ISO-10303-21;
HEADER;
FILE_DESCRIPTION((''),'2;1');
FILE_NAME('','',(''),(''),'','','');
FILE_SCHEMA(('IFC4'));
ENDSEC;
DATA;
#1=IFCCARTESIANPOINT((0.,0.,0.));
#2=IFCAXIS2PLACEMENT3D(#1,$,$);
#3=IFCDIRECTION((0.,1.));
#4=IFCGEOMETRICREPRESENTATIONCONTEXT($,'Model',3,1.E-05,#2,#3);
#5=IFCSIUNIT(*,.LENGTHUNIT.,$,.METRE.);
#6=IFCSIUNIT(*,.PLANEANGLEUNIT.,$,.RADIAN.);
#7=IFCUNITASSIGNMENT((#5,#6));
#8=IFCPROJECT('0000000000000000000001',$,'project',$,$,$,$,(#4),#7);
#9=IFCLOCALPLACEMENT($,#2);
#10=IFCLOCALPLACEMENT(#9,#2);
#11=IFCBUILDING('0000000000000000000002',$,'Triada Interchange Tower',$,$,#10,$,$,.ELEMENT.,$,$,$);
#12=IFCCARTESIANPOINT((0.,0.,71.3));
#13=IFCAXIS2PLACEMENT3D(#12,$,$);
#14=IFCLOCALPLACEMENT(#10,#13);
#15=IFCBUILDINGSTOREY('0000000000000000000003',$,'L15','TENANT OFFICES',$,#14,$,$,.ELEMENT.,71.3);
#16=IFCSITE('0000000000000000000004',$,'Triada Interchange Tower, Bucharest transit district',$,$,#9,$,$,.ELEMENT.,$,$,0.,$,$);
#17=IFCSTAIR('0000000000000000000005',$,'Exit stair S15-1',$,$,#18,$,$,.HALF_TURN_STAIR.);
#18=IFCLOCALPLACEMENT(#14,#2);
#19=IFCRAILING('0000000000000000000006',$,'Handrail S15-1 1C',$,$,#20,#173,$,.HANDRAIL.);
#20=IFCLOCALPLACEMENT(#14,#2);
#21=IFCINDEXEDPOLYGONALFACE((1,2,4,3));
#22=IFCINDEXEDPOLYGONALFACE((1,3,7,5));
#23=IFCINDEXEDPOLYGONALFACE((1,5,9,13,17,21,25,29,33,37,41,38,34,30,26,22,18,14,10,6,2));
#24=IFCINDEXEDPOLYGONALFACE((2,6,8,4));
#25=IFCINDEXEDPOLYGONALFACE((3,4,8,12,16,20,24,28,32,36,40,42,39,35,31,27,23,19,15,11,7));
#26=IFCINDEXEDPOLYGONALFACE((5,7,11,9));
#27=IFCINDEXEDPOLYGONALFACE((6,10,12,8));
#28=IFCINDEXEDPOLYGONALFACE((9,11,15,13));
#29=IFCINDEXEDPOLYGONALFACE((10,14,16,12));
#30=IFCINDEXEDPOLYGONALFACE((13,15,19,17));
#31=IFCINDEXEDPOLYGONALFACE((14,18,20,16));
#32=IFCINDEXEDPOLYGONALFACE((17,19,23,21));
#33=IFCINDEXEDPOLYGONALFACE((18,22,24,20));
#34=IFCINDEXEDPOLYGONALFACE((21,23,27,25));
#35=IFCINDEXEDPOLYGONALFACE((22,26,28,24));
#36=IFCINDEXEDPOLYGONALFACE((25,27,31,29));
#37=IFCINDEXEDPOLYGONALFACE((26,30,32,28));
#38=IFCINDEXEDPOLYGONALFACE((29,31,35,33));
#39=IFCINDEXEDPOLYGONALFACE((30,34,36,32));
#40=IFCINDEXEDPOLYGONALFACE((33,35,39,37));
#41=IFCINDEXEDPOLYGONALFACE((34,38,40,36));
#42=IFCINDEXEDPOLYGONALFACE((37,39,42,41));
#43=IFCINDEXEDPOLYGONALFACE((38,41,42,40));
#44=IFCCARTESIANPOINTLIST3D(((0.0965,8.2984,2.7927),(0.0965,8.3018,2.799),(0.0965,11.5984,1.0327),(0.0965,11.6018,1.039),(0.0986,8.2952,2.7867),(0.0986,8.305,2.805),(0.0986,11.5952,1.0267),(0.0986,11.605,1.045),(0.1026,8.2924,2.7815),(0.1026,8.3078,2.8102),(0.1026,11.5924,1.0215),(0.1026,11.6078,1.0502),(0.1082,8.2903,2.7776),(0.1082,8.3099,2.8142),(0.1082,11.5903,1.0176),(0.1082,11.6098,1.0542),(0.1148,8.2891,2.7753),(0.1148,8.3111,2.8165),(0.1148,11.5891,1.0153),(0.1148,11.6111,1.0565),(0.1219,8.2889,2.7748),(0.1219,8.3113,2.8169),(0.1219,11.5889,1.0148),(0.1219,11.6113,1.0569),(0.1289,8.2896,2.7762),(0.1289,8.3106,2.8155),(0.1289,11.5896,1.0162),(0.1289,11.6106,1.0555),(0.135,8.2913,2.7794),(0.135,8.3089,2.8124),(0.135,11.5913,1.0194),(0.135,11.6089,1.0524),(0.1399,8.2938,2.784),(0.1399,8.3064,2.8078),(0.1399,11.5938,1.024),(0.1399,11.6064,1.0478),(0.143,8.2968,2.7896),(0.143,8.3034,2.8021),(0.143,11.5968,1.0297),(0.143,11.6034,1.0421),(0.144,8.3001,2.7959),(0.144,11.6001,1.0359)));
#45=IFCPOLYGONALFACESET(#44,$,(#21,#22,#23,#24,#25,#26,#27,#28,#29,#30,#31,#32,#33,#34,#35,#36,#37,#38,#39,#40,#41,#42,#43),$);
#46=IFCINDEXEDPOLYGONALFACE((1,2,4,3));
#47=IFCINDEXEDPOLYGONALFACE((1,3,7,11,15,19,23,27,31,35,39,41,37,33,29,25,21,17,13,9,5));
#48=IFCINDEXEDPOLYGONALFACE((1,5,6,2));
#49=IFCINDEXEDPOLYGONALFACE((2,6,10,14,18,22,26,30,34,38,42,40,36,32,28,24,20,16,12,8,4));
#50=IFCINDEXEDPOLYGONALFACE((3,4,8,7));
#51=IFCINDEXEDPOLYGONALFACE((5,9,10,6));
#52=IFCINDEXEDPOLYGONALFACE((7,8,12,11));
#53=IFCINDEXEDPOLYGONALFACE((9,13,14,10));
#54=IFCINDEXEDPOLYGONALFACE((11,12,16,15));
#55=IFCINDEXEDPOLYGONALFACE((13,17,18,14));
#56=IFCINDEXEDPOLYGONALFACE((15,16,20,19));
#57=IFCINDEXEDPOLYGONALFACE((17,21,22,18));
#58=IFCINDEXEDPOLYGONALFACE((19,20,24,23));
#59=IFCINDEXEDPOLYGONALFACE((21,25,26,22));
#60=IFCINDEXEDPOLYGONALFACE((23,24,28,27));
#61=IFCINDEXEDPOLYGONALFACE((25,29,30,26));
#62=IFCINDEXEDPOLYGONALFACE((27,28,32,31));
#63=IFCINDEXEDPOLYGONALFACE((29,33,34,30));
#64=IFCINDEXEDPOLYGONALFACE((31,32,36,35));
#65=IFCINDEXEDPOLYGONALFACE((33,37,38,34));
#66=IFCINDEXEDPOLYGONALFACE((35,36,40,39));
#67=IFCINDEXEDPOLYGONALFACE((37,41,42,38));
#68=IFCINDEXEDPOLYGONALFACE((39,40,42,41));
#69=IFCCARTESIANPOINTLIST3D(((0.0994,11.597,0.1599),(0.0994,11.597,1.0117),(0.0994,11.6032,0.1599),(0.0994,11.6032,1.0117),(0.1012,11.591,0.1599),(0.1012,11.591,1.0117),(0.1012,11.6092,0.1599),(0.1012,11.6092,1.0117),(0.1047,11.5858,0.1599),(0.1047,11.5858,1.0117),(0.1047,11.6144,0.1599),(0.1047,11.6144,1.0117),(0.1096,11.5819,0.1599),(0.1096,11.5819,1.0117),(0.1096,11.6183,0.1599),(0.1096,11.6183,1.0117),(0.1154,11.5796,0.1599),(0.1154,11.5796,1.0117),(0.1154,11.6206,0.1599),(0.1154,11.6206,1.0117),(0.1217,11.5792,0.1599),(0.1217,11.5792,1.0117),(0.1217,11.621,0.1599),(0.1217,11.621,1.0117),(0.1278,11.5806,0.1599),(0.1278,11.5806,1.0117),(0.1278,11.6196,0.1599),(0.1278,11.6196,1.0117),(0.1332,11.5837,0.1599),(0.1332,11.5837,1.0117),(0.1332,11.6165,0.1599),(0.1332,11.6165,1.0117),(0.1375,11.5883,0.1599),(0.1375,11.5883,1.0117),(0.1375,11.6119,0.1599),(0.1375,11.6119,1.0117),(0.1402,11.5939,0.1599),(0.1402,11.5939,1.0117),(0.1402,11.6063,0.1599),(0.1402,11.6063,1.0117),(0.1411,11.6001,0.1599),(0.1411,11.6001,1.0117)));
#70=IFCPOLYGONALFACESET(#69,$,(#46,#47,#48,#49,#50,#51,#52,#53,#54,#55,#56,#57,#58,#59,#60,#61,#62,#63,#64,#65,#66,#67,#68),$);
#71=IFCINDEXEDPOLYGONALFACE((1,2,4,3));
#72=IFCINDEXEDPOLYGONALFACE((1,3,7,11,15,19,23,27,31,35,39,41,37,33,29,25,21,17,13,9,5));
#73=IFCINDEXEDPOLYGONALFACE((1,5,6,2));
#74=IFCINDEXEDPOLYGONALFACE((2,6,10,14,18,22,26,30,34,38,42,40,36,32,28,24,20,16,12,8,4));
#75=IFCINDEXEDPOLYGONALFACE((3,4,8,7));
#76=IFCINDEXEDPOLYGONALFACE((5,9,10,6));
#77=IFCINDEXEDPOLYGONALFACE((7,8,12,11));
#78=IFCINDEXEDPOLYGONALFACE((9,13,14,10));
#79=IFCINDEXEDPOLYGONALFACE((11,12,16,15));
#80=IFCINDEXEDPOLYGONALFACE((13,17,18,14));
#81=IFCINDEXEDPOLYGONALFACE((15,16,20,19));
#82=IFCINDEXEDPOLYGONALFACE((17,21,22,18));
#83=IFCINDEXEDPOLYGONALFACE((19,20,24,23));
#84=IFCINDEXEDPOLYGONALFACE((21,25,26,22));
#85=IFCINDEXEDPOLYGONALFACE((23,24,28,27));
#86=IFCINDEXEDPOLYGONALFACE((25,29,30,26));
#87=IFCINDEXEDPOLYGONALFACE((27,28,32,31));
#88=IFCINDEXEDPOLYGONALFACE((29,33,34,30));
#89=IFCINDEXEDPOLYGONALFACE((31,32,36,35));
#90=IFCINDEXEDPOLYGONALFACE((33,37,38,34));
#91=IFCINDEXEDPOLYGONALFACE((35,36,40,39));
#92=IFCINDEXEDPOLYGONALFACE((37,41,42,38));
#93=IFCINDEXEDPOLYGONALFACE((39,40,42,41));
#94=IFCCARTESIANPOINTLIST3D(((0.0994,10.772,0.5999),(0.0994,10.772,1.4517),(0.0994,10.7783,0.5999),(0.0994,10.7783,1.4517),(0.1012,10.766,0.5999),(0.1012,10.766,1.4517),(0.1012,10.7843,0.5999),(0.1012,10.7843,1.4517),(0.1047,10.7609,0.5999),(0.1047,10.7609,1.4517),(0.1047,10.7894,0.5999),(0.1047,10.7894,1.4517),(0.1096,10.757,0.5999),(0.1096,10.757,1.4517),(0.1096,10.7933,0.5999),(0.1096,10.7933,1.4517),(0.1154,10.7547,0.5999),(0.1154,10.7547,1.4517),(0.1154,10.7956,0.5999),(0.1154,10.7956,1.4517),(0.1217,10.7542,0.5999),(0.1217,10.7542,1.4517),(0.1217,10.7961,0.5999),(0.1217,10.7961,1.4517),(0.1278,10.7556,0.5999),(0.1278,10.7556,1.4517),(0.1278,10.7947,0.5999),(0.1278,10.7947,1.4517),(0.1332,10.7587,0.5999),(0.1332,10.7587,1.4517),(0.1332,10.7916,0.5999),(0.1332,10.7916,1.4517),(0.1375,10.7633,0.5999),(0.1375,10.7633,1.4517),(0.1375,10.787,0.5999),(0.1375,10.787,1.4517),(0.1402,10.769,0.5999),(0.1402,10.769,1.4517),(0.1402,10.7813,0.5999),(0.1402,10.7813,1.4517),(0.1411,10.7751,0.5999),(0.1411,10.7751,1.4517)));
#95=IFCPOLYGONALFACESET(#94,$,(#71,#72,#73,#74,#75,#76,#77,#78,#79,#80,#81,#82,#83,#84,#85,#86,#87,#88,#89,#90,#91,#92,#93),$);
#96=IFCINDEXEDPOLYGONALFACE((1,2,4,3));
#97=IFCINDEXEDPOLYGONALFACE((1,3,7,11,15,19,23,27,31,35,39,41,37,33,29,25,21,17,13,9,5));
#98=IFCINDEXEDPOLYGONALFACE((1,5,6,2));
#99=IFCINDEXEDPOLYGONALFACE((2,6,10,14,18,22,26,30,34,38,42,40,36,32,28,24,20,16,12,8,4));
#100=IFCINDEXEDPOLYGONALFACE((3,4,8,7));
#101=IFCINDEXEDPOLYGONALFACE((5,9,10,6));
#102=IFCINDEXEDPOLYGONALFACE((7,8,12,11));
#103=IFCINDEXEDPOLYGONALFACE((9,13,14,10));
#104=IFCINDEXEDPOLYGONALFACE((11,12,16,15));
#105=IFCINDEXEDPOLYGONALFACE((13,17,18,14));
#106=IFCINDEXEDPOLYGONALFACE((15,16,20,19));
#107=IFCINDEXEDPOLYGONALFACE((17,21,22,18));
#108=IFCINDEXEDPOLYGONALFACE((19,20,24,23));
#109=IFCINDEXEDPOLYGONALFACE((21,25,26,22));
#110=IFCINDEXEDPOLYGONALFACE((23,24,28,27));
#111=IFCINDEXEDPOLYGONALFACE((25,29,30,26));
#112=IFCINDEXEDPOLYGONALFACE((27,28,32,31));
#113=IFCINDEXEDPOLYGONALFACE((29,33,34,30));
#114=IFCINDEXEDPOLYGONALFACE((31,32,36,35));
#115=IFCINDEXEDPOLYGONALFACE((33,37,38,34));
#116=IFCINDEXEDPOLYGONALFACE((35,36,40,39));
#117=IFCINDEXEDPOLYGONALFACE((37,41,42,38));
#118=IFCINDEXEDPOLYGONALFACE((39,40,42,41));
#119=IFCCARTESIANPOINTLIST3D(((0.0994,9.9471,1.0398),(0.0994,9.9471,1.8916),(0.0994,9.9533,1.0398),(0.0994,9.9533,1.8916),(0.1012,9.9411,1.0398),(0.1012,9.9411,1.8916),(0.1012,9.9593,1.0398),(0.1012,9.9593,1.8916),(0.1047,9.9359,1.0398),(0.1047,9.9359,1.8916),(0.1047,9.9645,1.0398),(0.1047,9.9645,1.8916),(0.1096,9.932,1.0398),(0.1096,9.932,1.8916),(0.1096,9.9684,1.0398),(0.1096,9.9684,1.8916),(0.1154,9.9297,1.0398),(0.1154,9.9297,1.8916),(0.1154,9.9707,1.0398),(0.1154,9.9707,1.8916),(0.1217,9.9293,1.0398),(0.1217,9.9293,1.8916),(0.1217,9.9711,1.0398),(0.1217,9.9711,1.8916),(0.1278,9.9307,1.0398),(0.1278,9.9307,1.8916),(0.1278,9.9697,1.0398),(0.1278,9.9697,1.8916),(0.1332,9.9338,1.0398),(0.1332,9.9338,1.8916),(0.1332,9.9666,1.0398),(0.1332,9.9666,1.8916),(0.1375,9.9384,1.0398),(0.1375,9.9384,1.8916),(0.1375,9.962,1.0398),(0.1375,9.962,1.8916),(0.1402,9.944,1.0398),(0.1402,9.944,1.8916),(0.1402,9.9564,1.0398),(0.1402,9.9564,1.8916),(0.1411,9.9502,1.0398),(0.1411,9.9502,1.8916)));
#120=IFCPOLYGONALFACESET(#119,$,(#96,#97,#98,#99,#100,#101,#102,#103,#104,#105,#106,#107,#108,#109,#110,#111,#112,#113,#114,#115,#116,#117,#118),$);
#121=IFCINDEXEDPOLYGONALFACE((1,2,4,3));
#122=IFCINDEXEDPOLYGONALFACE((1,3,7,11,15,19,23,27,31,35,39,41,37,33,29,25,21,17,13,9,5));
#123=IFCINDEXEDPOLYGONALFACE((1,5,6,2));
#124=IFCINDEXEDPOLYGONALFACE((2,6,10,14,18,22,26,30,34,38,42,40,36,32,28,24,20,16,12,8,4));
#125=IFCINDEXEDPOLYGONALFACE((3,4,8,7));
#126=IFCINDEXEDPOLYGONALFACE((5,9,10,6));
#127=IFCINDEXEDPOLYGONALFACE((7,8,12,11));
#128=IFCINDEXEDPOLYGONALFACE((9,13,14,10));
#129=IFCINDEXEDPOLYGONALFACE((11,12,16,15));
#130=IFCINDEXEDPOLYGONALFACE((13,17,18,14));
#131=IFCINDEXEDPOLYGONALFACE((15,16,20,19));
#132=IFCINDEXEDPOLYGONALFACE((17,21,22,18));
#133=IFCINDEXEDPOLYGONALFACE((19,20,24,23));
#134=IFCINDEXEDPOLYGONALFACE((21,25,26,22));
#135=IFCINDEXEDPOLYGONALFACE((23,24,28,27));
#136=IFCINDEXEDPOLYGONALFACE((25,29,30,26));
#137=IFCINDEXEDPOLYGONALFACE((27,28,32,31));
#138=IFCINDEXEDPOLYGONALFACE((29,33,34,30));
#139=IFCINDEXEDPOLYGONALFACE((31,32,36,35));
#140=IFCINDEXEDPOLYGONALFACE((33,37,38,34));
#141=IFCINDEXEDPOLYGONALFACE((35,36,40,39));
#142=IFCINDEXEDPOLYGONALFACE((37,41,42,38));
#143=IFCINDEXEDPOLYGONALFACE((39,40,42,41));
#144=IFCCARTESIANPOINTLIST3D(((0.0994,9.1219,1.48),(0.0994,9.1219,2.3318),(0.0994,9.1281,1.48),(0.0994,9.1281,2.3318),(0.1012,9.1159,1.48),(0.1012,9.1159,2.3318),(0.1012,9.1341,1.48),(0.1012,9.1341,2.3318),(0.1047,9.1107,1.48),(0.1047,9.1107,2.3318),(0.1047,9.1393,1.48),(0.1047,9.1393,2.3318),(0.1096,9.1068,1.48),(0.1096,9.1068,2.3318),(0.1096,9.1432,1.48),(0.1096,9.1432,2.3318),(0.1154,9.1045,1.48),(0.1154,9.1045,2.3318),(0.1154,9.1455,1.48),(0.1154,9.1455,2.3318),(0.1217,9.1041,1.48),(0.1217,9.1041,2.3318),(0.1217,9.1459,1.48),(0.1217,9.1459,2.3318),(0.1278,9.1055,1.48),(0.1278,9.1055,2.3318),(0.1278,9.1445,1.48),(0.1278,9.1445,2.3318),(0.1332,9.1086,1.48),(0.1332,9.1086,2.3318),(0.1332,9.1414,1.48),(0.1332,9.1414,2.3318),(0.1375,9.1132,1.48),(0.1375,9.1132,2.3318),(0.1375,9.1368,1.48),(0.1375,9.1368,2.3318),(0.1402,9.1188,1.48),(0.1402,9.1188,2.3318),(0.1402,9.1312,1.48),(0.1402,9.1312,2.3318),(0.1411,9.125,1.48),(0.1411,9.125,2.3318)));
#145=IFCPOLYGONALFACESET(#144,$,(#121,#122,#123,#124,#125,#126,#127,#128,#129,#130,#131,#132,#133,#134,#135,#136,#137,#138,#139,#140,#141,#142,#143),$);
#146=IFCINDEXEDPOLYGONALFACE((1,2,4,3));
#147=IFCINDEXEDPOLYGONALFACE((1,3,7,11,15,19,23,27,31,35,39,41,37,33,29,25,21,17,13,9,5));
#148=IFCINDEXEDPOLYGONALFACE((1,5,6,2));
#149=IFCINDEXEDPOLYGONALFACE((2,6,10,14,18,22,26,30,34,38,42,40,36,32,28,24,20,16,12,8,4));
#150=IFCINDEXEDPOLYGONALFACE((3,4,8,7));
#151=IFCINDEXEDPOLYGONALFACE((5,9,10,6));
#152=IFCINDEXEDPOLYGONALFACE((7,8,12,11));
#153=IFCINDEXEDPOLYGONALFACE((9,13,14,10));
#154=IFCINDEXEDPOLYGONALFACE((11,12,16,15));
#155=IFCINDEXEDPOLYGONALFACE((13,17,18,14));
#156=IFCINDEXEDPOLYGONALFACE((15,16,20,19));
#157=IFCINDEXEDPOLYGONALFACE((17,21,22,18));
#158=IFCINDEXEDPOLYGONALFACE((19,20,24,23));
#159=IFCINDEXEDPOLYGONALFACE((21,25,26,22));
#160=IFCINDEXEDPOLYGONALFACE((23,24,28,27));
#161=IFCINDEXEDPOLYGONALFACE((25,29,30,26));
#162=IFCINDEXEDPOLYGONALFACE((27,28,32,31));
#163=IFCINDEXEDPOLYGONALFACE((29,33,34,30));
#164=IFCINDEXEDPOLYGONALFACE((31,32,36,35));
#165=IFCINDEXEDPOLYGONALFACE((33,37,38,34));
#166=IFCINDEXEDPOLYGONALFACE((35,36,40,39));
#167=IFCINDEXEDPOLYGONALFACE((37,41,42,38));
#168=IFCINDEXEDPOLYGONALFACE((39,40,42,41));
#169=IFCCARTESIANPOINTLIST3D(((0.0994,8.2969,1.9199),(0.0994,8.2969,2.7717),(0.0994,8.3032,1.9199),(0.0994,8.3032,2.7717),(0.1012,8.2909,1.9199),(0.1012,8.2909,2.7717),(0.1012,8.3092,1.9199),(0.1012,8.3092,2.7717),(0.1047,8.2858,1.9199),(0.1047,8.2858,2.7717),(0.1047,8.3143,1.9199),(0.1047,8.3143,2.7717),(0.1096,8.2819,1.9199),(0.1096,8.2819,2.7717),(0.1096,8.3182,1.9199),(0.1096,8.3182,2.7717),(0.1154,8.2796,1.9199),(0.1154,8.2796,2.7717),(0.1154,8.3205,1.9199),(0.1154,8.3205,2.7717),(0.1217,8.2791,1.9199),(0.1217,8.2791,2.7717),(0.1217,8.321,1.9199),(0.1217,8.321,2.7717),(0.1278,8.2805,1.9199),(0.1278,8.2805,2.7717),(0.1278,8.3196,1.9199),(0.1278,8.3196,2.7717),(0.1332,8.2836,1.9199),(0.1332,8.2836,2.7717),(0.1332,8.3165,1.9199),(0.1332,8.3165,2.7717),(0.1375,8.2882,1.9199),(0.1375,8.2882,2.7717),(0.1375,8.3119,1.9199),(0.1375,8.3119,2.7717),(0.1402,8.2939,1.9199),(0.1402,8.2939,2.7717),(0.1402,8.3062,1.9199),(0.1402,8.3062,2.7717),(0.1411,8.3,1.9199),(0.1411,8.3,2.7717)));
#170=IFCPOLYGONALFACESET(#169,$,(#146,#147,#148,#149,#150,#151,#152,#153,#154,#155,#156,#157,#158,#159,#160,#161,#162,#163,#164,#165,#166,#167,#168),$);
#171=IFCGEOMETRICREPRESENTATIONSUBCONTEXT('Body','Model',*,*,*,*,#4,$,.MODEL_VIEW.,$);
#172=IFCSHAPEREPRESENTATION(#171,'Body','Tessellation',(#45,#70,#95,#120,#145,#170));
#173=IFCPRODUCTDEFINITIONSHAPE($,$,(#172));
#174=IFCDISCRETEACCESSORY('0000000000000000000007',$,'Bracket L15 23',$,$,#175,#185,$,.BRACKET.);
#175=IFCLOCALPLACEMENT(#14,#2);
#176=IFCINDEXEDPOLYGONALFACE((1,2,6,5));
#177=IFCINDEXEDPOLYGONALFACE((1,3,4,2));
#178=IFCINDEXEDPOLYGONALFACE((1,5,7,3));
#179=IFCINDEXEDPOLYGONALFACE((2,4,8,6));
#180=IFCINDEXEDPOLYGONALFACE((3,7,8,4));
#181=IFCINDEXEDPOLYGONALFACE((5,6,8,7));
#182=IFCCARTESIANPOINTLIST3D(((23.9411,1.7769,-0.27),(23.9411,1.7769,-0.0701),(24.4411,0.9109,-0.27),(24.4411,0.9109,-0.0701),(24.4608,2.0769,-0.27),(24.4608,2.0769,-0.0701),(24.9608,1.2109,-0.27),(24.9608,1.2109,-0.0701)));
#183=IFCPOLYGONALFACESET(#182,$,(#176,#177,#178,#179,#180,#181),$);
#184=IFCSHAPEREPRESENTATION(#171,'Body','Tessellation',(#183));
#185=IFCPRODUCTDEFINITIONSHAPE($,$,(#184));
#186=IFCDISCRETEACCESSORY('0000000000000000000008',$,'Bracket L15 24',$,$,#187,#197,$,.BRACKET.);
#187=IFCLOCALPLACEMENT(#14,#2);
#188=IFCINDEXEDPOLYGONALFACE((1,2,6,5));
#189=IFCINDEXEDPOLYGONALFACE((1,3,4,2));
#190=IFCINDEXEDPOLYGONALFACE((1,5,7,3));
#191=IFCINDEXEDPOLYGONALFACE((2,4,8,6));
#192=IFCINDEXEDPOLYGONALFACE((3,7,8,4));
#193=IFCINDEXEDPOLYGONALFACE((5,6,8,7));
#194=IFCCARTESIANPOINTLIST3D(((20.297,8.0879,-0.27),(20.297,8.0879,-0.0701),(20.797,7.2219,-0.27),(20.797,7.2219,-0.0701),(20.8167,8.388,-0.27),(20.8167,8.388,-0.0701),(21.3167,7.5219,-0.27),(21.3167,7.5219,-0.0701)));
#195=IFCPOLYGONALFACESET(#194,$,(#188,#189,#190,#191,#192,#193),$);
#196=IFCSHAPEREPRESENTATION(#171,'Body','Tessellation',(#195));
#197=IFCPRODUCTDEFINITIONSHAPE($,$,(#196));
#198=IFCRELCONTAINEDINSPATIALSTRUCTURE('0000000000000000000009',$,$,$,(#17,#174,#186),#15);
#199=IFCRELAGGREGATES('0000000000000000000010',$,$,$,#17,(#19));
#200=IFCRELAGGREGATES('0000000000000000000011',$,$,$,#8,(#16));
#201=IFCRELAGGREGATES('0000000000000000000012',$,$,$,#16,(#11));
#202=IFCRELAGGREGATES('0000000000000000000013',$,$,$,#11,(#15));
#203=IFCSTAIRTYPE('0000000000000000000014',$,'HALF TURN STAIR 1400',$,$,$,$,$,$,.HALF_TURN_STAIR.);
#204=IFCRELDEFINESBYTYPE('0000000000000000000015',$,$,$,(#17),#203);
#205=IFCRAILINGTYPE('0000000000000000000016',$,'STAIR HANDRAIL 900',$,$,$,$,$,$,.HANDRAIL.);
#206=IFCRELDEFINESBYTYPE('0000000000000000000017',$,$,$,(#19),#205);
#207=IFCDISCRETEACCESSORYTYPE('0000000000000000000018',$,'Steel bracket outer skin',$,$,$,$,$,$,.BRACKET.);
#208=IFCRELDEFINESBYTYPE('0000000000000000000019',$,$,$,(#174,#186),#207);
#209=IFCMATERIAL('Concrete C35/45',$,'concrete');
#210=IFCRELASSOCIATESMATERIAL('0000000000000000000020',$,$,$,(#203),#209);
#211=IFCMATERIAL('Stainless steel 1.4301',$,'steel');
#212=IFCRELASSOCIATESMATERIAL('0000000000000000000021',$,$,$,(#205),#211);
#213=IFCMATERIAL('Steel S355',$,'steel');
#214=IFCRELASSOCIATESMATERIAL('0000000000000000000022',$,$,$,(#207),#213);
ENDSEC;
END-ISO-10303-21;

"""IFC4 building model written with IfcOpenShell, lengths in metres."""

from ifc_helpers import new_model, si_unit, direction, frame, origin, origin_2d, place, context, subcontext, project, spatial, rectangle, circle, extrude, material, type_object, element, aggregate, save


model = new_model("IFC4")

# Units and contexts
model_context = context("Model", 3, precision=1e-05, world=origin(), true_north=direction((0.0, 1.0)))
body_context = subcontext(model_context, "Body", "Model", "MODEL_VIEW")
ifc_project = project(units=[si_unit("LENGTHUNIT", "METRE"), si_unit("PLANEANGLEUNIT", "RADIAN")], contexts=[model_context])

# Site, building, storey
site_placement = place(None, origin())
site = spatial("IfcSite", under=ifc_project, at=site_placement, Name="Triada Interchange Tower, Bucharest transit district", CompositionType="ELEMENT", RefElevation=0.0)
building_placement = place(site_placement, origin())
building = spatial("IfcBuilding", under=site, at=building_placement, Name="Triada Interchange Tower", CompositionType="ELEMENT")
storey_placement = place(building_placement, frame((0.0, 0.0, 71.3)))
storey = spatial("IfcBuildingStorey", under=building, at=storey_placement, Name="L15", Description="TENANT OFFICES", CompositionType="ELEMENT", Elevation=71.3)

# Stair
ifc_material_1 = material(Name="Concrete C35/45", Category="concrete")
stair_type = type_object("IfcStairType", Name="HALF TURN STAIR 1400", PredefinedType="HALF_TURN_STAIR", material=ifc_material_1)
stair_1_placement = place(storey_placement, origin())
stair_1 = element("IfcStair", 1, at=stair_1_placement, inside=storey, type_object=stair_type, Name="Exit stair S15-1", PredefinedType="HALF_TURN_STAIR")

# Railing
ifc_material_2 = material(Name="Stainless steel 1.4301", Category="steel")
railing_type = type_object("IfcRailingType", Name="STAIR HANDRAIL 900", PredefinedType="HANDRAIL", material=ifc_material_2)
railing_1_placement = place(storey_placement, frame((0.1201, 11.6001, 0.1599)))
railing_1 = element("IfcRailing", 2, at=railing_1_placement, type_object=railing_type, Name="Handrail S15-1 1C", PredefinedType="HANDRAIL", context=body_context, shape_type="SweptSolid", body=[
    extrude(circle(Radius=0.0239, at=origin_2d()), frame((0.0, 0.0, 0.876), z_axis=(0.0, -0.882355, 0.470585), x_axis=(1.0, 0.0, 0.0)), (0.0, 0.0, 1.0), 3.74),
    extrude(circle(Radius=0.021, at=origin_2d()), origin(), (0.0, 0.0, 1.0), 0.8518),
    extrude(circle(Radius=0.021, at=origin_2d()), frame((0.0, -0.825, 0.4399)), (0.0, 0.0, 1.0), 0.8518),
    extrude(circle(Radius=0.021, at=origin_2d()), frame((0.0, -1.6499, 0.8799)), (0.0, 0.0, 1.0), 0.8518),
    extrude(circle(Radius=0.021, at=origin_2d()), frame((0.0, -2.4751, 1.3201)), (0.0, 0.0, 1.0), 0.8518),
    extrude(circle(Radius=0.021, at=origin_2d()), frame((0.0, -3.3, 1.76)), (0.0, 0.0, 1.0), 0.8518),
])
aggregate(stair_1, [railing_1])

# Discrete accessories
ifc_material_3 = material(Name="Steel S355", Category="steel")
discrete_accessory_type = type_object("IfcDiscreteAccessoryType", Name="Steel bracket outer skin", PredefinedType="BRACKET", material=ifc_material_3)
for number, where, z_axis, x_axis, name in (
    (3, (24.4509, 1.4939, -0.27), (0.0, 0.0, 1.0), (0.866027, 0.499997, 0.0), "Bracket L15 23"),
    (4, (20.8069, 7.8049, -0.27), (0.0, 0.0, 1.0), (0.866027, 0.499997, 0.0), "Bracket L15 24"),
):
    element("IfcDiscreteAccessory", number, at=place(storey_placement, frame(where, z_axis=z_axis, x_axis=x_axis)), inside=storey, type_object=discrete_accessory_type, Name=name, PredefinedType="BRACKET", context=body_context, shape_type="SweptSolid", body=[
        extrude(rectangle(XDim=0.6001, YDim=1.0, at=origin_2d()), origin(), (0.0, 0.0, 1.0), 0.2),
    ])

save(model, "model.ifc")
